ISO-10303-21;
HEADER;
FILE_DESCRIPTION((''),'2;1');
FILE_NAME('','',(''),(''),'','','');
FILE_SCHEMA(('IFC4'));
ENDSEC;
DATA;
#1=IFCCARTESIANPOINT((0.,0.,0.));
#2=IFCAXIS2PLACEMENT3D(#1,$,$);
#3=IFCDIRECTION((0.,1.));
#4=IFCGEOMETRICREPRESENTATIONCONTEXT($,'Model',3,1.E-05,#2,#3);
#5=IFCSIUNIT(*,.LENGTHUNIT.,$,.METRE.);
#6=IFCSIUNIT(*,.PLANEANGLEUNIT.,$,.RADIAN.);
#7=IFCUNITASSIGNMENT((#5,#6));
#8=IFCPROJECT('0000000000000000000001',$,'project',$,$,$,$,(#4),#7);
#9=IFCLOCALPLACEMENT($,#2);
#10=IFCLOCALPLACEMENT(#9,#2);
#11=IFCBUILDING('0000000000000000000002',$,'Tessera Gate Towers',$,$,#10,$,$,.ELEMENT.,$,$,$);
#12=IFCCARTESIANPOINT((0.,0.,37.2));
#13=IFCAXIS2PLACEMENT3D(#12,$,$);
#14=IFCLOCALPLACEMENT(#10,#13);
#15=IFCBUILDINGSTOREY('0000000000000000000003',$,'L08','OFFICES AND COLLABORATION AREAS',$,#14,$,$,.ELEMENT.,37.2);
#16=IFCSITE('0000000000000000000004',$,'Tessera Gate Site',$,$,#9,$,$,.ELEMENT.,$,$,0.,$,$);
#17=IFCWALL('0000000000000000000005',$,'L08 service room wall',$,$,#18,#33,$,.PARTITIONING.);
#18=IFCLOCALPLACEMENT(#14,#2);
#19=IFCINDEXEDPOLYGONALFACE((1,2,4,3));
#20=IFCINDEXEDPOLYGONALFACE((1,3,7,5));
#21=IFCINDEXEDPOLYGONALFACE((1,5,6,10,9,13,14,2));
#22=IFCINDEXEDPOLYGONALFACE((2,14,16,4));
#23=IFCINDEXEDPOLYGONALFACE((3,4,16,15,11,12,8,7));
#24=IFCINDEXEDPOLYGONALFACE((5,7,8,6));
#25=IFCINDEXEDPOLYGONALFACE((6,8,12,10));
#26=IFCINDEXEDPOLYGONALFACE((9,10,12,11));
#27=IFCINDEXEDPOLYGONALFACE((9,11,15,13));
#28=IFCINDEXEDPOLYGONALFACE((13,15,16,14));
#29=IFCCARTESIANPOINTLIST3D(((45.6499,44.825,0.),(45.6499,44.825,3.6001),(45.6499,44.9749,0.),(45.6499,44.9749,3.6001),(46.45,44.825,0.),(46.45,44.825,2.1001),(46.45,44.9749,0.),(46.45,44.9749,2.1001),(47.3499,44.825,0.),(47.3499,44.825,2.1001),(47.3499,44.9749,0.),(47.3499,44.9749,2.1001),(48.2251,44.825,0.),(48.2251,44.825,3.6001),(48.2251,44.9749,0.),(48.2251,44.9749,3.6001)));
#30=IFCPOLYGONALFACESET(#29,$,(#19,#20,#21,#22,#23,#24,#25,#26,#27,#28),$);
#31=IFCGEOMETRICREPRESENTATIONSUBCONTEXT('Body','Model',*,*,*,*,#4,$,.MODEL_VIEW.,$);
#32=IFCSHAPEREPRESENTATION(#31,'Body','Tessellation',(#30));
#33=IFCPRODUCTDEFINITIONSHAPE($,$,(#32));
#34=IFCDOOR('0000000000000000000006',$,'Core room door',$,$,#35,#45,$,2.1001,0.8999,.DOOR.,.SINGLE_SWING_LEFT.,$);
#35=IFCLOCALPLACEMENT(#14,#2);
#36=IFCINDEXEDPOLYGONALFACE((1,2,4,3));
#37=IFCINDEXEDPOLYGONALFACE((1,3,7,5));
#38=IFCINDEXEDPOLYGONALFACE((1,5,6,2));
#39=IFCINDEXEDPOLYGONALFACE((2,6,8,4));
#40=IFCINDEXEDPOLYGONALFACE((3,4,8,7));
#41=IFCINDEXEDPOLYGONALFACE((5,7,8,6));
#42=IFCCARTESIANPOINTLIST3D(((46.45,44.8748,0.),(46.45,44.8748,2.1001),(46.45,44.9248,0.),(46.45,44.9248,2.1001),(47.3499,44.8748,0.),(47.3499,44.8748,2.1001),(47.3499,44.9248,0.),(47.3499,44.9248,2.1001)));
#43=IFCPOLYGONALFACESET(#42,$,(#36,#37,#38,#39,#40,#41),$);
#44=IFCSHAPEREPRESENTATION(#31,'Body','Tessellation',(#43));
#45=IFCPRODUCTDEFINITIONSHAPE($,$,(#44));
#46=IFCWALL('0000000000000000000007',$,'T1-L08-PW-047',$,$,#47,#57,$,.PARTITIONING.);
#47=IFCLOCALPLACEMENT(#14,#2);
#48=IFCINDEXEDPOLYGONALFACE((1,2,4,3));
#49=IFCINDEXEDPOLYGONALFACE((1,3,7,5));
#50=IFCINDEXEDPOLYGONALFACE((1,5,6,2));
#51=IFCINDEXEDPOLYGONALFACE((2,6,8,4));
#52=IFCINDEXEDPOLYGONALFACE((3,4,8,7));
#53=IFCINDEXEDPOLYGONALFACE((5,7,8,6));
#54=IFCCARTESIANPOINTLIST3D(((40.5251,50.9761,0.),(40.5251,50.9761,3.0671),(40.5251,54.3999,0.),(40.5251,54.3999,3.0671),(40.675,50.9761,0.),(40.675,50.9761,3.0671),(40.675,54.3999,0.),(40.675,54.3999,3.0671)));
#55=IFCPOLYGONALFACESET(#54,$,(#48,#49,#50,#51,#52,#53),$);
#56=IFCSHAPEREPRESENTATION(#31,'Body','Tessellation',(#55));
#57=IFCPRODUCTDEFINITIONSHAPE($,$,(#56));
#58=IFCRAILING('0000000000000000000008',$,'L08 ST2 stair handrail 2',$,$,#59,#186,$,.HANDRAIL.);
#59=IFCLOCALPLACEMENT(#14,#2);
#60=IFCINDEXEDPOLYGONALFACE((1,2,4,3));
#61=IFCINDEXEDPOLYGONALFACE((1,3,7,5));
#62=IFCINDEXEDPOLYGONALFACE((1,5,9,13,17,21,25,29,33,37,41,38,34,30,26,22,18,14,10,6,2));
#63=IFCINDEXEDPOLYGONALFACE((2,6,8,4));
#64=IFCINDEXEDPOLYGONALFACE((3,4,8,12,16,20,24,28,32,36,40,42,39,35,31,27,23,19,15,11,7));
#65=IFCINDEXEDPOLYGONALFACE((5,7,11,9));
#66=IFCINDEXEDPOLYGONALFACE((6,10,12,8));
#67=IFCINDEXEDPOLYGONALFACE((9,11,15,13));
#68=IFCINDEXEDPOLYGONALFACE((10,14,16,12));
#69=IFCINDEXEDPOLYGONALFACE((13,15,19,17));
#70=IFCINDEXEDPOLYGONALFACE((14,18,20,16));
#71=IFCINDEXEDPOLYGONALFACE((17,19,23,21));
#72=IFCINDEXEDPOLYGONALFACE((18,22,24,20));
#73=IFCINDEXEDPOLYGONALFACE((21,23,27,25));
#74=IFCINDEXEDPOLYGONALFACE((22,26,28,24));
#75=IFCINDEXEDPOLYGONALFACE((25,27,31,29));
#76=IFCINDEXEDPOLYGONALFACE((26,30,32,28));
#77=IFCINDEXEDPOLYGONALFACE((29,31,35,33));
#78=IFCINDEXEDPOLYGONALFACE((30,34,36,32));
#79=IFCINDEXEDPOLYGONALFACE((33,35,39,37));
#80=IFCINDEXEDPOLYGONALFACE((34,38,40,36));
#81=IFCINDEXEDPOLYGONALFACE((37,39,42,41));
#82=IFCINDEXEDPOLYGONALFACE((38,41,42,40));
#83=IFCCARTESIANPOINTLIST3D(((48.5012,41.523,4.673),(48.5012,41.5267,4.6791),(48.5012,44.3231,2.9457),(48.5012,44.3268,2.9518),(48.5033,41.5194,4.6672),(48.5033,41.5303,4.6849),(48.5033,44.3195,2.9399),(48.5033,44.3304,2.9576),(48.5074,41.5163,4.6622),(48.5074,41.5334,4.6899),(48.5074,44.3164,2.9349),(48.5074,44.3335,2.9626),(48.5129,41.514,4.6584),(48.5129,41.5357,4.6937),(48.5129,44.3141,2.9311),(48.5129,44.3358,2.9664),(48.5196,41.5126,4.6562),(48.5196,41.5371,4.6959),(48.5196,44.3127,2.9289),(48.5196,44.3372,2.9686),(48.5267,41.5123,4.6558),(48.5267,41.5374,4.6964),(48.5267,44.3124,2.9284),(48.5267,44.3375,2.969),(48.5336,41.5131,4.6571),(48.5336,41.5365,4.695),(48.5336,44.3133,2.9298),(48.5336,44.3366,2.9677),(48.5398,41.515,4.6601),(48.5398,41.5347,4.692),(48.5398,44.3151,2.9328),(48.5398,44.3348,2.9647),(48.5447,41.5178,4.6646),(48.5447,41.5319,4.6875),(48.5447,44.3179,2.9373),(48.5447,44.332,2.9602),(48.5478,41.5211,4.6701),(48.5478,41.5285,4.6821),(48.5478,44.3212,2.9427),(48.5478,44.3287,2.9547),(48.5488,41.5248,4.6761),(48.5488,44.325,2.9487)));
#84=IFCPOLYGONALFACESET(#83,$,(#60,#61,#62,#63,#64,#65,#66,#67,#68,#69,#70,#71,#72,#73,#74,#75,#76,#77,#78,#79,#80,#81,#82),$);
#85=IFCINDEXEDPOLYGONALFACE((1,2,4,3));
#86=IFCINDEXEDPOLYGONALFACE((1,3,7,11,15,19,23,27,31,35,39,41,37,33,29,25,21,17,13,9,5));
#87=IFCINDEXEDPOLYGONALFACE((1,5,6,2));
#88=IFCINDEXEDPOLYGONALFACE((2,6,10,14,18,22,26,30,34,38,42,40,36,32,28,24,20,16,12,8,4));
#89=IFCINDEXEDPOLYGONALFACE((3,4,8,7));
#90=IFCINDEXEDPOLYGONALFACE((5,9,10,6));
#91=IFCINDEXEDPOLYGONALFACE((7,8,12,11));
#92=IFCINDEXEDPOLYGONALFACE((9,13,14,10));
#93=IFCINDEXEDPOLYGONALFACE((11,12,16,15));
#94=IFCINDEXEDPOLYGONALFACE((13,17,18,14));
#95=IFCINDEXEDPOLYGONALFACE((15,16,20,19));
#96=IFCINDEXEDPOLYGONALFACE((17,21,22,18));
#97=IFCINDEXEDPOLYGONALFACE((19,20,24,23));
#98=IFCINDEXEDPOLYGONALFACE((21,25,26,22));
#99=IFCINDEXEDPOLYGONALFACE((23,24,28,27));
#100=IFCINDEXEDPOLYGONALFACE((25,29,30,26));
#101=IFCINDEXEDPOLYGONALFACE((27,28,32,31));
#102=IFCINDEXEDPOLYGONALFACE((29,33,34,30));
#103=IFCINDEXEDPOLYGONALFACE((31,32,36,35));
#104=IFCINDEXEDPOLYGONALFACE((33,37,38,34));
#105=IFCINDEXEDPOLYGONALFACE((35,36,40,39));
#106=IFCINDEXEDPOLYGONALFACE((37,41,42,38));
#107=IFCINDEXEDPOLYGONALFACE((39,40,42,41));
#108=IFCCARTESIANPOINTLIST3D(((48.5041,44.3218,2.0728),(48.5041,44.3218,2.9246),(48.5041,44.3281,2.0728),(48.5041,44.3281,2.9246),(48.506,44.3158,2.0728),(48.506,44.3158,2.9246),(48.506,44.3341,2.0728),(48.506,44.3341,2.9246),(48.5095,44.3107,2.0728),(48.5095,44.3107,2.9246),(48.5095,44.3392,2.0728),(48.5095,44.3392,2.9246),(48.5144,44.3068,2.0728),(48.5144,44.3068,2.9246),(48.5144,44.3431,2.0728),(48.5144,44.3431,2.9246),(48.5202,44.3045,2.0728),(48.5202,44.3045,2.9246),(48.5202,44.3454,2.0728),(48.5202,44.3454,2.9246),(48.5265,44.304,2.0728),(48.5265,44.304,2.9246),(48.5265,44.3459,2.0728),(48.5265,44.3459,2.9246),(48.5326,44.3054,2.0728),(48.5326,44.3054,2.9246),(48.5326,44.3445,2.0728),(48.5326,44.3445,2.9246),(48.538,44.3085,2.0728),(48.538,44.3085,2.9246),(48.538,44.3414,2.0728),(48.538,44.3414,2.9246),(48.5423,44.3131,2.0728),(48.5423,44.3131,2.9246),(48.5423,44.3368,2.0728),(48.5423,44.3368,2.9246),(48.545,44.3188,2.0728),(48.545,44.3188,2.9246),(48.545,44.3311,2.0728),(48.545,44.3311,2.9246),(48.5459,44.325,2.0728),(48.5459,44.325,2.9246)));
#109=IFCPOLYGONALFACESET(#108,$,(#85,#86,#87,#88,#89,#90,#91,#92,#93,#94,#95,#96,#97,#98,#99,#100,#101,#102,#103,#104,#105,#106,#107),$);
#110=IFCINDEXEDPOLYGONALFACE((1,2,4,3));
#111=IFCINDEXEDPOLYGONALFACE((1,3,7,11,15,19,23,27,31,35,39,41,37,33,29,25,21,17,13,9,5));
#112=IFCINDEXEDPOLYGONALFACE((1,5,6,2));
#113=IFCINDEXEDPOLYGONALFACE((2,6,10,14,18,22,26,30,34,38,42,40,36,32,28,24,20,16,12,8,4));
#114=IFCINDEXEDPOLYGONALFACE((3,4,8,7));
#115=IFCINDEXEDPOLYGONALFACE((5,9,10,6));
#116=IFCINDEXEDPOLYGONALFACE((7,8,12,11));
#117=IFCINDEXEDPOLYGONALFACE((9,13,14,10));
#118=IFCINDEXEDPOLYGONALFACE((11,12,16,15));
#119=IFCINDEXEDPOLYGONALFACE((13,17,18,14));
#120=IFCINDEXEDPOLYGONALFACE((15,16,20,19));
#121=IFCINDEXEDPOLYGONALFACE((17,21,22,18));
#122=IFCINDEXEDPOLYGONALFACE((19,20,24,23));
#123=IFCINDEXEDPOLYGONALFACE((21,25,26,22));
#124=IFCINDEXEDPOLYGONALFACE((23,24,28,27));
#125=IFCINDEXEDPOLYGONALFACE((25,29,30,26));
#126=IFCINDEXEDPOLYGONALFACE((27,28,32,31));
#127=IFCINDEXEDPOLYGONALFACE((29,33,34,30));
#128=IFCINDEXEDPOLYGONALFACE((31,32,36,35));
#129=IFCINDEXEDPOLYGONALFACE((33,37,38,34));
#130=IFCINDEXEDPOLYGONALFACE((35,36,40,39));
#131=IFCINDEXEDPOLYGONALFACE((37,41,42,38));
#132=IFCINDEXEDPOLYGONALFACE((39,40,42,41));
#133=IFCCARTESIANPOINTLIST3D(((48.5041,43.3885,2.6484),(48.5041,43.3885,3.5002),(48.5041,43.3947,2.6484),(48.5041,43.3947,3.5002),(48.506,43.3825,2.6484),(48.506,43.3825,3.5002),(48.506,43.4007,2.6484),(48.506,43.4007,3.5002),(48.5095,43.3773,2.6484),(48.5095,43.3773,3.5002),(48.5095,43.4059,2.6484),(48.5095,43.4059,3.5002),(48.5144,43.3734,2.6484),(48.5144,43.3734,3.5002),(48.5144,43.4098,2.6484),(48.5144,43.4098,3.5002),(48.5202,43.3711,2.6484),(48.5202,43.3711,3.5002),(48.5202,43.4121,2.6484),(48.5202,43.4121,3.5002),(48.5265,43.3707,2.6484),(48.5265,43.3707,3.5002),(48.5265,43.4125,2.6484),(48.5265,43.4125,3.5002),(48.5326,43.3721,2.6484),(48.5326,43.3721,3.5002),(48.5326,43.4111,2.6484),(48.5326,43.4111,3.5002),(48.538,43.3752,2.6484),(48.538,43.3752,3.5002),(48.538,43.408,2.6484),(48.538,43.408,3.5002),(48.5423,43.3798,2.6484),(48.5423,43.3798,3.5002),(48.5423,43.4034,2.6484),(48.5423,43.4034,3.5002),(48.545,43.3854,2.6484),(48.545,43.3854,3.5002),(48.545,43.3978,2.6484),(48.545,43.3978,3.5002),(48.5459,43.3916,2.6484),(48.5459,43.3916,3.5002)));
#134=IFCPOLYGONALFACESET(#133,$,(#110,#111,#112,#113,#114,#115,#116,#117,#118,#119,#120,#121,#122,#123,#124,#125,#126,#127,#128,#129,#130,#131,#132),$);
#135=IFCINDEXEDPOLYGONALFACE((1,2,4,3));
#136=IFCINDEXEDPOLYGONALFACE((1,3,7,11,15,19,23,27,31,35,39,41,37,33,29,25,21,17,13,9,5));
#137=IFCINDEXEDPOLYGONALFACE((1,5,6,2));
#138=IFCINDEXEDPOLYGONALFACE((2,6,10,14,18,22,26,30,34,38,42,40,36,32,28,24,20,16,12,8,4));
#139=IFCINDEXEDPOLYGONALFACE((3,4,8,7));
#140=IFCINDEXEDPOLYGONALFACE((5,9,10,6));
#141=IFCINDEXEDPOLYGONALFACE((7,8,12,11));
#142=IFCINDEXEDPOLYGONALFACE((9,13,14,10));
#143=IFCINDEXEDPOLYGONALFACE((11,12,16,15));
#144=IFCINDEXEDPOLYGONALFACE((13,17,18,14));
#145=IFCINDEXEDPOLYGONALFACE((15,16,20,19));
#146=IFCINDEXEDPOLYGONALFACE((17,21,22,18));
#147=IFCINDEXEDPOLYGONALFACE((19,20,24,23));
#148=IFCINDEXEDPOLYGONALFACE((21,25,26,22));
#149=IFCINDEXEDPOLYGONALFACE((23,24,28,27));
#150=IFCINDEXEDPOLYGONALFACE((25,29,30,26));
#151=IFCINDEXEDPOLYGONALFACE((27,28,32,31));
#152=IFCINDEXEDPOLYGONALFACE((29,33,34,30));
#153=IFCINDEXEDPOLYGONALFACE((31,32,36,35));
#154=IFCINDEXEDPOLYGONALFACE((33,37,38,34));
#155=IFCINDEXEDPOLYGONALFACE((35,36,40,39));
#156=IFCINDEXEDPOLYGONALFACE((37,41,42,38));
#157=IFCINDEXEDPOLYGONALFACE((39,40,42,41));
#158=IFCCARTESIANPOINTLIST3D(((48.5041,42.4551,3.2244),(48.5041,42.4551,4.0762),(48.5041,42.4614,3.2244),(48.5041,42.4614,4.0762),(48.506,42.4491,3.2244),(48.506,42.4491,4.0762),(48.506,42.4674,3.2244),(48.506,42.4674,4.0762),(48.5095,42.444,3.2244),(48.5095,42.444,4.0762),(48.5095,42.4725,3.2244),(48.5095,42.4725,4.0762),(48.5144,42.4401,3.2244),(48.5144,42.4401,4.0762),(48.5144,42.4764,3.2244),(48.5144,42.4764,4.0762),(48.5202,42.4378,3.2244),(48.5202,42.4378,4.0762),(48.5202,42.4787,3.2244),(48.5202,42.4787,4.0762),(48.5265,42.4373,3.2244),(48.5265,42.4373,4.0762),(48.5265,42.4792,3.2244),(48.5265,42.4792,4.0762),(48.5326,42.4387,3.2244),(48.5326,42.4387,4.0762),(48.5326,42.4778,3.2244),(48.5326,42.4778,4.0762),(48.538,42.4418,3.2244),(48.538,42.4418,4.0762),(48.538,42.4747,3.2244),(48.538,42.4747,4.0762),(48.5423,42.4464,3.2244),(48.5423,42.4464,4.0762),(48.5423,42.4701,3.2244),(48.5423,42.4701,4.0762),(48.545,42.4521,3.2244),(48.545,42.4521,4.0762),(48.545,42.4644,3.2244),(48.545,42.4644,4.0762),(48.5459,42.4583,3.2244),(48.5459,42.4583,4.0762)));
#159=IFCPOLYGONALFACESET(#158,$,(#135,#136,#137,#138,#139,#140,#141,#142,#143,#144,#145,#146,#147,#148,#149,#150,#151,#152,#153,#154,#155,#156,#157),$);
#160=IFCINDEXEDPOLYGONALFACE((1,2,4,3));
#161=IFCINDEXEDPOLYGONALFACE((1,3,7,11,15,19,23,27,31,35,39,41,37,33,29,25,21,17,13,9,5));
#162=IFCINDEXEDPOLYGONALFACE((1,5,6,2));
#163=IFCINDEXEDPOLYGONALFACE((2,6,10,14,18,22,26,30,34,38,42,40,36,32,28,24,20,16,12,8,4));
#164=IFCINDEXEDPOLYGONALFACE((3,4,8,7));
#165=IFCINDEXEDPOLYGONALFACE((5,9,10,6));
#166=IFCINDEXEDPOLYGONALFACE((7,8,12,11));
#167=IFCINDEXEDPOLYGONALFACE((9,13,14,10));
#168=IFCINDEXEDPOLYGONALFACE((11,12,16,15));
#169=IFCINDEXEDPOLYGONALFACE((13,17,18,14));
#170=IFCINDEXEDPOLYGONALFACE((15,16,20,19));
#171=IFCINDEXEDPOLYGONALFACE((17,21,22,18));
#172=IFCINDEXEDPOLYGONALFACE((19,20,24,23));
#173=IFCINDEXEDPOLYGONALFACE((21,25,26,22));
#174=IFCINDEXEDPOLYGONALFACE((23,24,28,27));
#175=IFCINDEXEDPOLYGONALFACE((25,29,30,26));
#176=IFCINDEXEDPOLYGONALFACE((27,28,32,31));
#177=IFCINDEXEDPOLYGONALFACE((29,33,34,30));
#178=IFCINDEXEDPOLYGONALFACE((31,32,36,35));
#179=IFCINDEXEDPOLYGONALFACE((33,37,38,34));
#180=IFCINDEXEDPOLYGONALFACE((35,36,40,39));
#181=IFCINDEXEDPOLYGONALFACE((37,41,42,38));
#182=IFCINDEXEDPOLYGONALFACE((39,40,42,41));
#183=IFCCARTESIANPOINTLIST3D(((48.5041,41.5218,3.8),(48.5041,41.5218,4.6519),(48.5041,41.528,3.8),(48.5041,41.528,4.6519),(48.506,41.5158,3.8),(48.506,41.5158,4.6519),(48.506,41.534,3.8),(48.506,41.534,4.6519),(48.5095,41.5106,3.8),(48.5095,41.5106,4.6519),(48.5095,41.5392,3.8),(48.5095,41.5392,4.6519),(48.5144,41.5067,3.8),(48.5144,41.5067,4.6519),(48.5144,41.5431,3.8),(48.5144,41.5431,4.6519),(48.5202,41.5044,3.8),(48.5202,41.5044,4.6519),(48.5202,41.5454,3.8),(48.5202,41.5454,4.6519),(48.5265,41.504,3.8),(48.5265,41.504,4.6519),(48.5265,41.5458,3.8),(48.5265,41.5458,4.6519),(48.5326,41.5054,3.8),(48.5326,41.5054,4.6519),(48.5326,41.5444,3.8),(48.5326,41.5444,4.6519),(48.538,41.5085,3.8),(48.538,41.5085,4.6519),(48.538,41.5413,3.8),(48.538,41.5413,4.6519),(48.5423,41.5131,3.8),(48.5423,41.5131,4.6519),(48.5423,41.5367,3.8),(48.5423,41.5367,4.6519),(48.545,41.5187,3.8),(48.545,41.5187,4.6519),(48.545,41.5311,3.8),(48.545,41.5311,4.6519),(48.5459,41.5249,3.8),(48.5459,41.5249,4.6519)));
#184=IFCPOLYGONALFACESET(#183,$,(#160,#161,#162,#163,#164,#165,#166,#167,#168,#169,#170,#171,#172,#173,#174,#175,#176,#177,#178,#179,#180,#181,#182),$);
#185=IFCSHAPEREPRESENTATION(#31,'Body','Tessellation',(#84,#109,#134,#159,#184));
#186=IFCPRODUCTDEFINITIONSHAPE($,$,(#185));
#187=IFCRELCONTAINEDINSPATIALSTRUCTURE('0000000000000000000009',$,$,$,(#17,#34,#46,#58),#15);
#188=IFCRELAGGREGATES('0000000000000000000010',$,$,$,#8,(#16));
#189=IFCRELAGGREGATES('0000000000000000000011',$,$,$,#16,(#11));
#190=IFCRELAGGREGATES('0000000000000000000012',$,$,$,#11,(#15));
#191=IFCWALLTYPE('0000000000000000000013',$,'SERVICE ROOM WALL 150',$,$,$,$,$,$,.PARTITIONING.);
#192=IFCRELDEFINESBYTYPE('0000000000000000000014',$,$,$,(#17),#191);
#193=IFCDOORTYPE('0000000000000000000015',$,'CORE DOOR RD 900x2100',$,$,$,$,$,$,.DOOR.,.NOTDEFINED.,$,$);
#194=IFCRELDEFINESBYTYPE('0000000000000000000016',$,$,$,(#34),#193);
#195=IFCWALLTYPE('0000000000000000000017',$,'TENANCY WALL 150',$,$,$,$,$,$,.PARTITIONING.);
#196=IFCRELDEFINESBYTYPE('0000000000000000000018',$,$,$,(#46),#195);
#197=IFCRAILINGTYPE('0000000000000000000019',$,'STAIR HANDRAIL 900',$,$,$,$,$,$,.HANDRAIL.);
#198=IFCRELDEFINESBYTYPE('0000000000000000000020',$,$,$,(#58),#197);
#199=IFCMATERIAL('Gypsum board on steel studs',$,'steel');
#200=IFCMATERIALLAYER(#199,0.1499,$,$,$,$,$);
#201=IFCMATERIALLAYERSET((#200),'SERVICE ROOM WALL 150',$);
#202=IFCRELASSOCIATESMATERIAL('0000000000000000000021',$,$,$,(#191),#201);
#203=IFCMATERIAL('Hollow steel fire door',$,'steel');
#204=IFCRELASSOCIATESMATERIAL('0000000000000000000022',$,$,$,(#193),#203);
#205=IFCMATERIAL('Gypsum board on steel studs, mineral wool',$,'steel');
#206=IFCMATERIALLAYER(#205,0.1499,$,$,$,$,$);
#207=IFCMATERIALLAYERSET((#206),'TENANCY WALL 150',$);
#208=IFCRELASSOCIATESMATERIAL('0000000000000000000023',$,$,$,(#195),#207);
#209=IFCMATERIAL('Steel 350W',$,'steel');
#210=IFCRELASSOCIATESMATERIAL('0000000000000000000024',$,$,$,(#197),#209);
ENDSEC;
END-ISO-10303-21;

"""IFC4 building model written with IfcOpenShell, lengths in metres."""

from ifc_helpers import new_model, si_unit, direction, frame, frame_2d, origin, origin_2d, place, context, subcontext, project, spatial, rectangle, circle, extrude, source, transform, mapped, material, layer, layer_set, type_object, element, fill, save


model = new_model("IFC4")

# Units and contexts
model_context = context("Model", 3, precision=1e-05, world=origin(), true_north=direction((0.0, 1.0)))
body_context = subcontext(model_context, "Body", "Model", "MODEL_VIEW")
ifc_project = project(units=[si_unit("LENGTHUNIT", "METRE"), si_unit("PLANEANGLEUNIT", "RADIAN")], contexts=[model_context])

# Site, building, storey
site_placement = place(None, origin())
site = spatial("IfcSite", under=ifc_project, at=site_placement, Name="Tessera Gate Site", CompositionType="ELEMENT", RefElevation=0.0)
building_placement = place(site_placement, origin())
building = spatial("IfcBuilding", under=site, at=building_placement, Name="Tessera Gate Towers", CompositionType="ELEMENT")
storey_placement = place(building_placement, frame((0.0, 0.0, 37.2)))
storey = spatial("IfcBuildingStorey", under=building, at=storey_placement, Name="L08", Description="OFFICES AND COLLABORATION AREAS", CompositionType="ELEMENT", Elevation=37.2)

# Shared definitions
ifc_material_1 = material(Name="Gypsum board on steel studs", Category="steel")
ifc_layer_1 = layer(ifc_material_1, 0.1499)
ifc_layer_set_1 = layer_set([ifc_layer_1], Name="SERVICE ROOM WALL 150")
wall_type_1 = type_object("IfcWallType", Name="SERVICE ROOM WALL 150", PredefinedType="PARTITIONING", material=ifc_layer_set_1)

# Wall, opening, door
wall_1_placement = place(storey_placement, frame((45.6499, 44.8999, 0.0), z_axis=(0.0, 0.0, 1.0), x_axis=(1.0, 0.0, 0.0)))
wall_1 = element("IfcWall", 1, at=wall_1_placement, inside=storey, type_object=wall_type_1, Name="L08 service room wall", PredefinedType="PARTITIONING", context=body_context, shape_type="SweptSolid", body=[
    extrude(rectangle(XDim=2.5752, YDim=0.1499, at=frame_2d((1.2876, 0.0))), origin(), (0.0, 0.0, 1.0), 3.6001),
])
shared_shape_1 = source(origin(), body_context, "Body", "SweptSolid", [
    extrude(rectangle(XDim=0.8999, YDim=2.1001, at=frame_2d((0.45, 1.05))), frame((0.0, 0.085, 0.0), z_axis=(0.0, -1.0, 0.0), x_axis=(1.0, 0.0, 0.0)), (0.0, 0.0, 1.0), 0.1699),
])
opening_1_placement = place(wall_1_placement, frame((0.8, 0.0, 0.0)))
opening_1 = element("IfcOpeningElement", 2, at=opening_1_placement, cuts=wall_1, PredefinedType="OPENING", context=body_context, shape_type="MappedRepresentation", body=[
    mapped(shared_shape_1, transform((0.0, 0.0, 0.0), scale=1.0)),
])
ifc_material_2 = material(Name="Hollow steel fire door", Category="steel")
door_type_1 = type_object("IfcDoorType", Name="CORE DOOR RD 900x2100", OperationType="NOTDEFINED", PredefinedType="DOOR", material=ifc_material_2)
shared_shape_2 = source(origin(), body_context, "Body", "SweptSolid", [
    extrude(rectangle(XDim=0.8999, YDim=2.1001, at=frame_2d((0.45, 1.05))), frame((0.0, 0.0249, 0.0), z_axis=(0.0, -1.0, 0.0), x_axis=(1.0, 0.0, 0.0)), (0.0, 0.0, 1.0), 0.05),
])
door_1_placement = place(opening_1_placement, origin())
door_1 = element("IfcDoor", 3, at=door_1_placement, inside=storey, type_object=door_type_1, Name="Core room door", OperationType="SINGLE_SWING_LEFT", OverallHeight=2.1001, OverallWidth=0.8999, PredefinedType="DOOR", context=body_context, shape_type="MappedRepresentation", body=[
    mapped(shared_shape_2, transform((0.0, 0.0, 0.0), scale=1.0)),
])
fill(opening_1, door_1)

# Wall
ifc_material_3 = material(Name="Gypsum board on steel studs, mineral wool", Category="steel")
ifc_layer_2 = layer(ifc_material_3, 0.1499)
ifc_layer_set_2 = layer_set([ifc_layer_2], Name="TENANCY WALL 150")
wall_type_2 = type_object("IfcWallType", Name="TENANCY WALL 150", PredefinedType="PARTITIONING", material=ifc_layer_set_2)
wall_2_placement = place(storey_placement, frame((40.6001, 50.9761, 0.0), z_axis=(0.0, 0.0, 1.0), x_axis=(0.0, 1.0, 0.0)))
element("IfcWall", 4, at=wall_2_placement, inside=storey, type_object=wall_type_2, Name="T1-L08-PW-047", PredefinedType="PARTITIONING", context=body_context, shape_type="SweptSolid", body=[
    extrude(rectangle(XDim=3.4238, YDim=0.1499, at=frame_2d((1.7119, 0.0))), origin(), (0.0, 0.0, 1.0), 3.0671),
])

# Railing
ifc_material_4 = material(Name="Steel 350W", Category="steel")
railing_type = type_object("IfcRailingType", Name="STAIR HANDRAIL 900", PredefinedType="HANDRAIL", material=ifc_material_4)
railing_placement = place(storey_placement, frame((48.5249, 44.325, 2.0728)))
element("IfcRailing", 5, at=railing_placement, inside=storey, type_object=railing_type, Name="L08 ST2 stair handrail 2", PredefinedType="HANDRAIL", context=body_context, shape_type="SweptSolid", body=[
    extrude(circle(Radius=0.0239, at=origin_2d()), frame((0.0, 0.0, 0.876), z_axis=(0.0, -0.85109, 0.52502), x_axis=(1.0, 0.0, 0.0)), (0.0, 0.0, 1.0), 3.29),
    extrude(circle(Radius=0.021, at=origin_2d()), origin(), (0.0, 0.0, 1.0), 0.8518),
    extrude(circle(Radius=0.021, at=origin_2d()), frame((0.0, -0.9333, 0.5757)), (0.0, 0.0, 1.0), 0.8518),
    extrude(circle(Radius=0.021, at=origin_2d()), frame((0.0, -1.8667, 1.1516)), (0.0, 0.0, 1.0), 0.8518),
    extrude(circle(Radius=0.021, at=origin_2d()), frame((0.0, -2.8, 1.7273)), (0.0, 0.0, 1.0), 0.8518),
])

save(model, "model.ifc")
